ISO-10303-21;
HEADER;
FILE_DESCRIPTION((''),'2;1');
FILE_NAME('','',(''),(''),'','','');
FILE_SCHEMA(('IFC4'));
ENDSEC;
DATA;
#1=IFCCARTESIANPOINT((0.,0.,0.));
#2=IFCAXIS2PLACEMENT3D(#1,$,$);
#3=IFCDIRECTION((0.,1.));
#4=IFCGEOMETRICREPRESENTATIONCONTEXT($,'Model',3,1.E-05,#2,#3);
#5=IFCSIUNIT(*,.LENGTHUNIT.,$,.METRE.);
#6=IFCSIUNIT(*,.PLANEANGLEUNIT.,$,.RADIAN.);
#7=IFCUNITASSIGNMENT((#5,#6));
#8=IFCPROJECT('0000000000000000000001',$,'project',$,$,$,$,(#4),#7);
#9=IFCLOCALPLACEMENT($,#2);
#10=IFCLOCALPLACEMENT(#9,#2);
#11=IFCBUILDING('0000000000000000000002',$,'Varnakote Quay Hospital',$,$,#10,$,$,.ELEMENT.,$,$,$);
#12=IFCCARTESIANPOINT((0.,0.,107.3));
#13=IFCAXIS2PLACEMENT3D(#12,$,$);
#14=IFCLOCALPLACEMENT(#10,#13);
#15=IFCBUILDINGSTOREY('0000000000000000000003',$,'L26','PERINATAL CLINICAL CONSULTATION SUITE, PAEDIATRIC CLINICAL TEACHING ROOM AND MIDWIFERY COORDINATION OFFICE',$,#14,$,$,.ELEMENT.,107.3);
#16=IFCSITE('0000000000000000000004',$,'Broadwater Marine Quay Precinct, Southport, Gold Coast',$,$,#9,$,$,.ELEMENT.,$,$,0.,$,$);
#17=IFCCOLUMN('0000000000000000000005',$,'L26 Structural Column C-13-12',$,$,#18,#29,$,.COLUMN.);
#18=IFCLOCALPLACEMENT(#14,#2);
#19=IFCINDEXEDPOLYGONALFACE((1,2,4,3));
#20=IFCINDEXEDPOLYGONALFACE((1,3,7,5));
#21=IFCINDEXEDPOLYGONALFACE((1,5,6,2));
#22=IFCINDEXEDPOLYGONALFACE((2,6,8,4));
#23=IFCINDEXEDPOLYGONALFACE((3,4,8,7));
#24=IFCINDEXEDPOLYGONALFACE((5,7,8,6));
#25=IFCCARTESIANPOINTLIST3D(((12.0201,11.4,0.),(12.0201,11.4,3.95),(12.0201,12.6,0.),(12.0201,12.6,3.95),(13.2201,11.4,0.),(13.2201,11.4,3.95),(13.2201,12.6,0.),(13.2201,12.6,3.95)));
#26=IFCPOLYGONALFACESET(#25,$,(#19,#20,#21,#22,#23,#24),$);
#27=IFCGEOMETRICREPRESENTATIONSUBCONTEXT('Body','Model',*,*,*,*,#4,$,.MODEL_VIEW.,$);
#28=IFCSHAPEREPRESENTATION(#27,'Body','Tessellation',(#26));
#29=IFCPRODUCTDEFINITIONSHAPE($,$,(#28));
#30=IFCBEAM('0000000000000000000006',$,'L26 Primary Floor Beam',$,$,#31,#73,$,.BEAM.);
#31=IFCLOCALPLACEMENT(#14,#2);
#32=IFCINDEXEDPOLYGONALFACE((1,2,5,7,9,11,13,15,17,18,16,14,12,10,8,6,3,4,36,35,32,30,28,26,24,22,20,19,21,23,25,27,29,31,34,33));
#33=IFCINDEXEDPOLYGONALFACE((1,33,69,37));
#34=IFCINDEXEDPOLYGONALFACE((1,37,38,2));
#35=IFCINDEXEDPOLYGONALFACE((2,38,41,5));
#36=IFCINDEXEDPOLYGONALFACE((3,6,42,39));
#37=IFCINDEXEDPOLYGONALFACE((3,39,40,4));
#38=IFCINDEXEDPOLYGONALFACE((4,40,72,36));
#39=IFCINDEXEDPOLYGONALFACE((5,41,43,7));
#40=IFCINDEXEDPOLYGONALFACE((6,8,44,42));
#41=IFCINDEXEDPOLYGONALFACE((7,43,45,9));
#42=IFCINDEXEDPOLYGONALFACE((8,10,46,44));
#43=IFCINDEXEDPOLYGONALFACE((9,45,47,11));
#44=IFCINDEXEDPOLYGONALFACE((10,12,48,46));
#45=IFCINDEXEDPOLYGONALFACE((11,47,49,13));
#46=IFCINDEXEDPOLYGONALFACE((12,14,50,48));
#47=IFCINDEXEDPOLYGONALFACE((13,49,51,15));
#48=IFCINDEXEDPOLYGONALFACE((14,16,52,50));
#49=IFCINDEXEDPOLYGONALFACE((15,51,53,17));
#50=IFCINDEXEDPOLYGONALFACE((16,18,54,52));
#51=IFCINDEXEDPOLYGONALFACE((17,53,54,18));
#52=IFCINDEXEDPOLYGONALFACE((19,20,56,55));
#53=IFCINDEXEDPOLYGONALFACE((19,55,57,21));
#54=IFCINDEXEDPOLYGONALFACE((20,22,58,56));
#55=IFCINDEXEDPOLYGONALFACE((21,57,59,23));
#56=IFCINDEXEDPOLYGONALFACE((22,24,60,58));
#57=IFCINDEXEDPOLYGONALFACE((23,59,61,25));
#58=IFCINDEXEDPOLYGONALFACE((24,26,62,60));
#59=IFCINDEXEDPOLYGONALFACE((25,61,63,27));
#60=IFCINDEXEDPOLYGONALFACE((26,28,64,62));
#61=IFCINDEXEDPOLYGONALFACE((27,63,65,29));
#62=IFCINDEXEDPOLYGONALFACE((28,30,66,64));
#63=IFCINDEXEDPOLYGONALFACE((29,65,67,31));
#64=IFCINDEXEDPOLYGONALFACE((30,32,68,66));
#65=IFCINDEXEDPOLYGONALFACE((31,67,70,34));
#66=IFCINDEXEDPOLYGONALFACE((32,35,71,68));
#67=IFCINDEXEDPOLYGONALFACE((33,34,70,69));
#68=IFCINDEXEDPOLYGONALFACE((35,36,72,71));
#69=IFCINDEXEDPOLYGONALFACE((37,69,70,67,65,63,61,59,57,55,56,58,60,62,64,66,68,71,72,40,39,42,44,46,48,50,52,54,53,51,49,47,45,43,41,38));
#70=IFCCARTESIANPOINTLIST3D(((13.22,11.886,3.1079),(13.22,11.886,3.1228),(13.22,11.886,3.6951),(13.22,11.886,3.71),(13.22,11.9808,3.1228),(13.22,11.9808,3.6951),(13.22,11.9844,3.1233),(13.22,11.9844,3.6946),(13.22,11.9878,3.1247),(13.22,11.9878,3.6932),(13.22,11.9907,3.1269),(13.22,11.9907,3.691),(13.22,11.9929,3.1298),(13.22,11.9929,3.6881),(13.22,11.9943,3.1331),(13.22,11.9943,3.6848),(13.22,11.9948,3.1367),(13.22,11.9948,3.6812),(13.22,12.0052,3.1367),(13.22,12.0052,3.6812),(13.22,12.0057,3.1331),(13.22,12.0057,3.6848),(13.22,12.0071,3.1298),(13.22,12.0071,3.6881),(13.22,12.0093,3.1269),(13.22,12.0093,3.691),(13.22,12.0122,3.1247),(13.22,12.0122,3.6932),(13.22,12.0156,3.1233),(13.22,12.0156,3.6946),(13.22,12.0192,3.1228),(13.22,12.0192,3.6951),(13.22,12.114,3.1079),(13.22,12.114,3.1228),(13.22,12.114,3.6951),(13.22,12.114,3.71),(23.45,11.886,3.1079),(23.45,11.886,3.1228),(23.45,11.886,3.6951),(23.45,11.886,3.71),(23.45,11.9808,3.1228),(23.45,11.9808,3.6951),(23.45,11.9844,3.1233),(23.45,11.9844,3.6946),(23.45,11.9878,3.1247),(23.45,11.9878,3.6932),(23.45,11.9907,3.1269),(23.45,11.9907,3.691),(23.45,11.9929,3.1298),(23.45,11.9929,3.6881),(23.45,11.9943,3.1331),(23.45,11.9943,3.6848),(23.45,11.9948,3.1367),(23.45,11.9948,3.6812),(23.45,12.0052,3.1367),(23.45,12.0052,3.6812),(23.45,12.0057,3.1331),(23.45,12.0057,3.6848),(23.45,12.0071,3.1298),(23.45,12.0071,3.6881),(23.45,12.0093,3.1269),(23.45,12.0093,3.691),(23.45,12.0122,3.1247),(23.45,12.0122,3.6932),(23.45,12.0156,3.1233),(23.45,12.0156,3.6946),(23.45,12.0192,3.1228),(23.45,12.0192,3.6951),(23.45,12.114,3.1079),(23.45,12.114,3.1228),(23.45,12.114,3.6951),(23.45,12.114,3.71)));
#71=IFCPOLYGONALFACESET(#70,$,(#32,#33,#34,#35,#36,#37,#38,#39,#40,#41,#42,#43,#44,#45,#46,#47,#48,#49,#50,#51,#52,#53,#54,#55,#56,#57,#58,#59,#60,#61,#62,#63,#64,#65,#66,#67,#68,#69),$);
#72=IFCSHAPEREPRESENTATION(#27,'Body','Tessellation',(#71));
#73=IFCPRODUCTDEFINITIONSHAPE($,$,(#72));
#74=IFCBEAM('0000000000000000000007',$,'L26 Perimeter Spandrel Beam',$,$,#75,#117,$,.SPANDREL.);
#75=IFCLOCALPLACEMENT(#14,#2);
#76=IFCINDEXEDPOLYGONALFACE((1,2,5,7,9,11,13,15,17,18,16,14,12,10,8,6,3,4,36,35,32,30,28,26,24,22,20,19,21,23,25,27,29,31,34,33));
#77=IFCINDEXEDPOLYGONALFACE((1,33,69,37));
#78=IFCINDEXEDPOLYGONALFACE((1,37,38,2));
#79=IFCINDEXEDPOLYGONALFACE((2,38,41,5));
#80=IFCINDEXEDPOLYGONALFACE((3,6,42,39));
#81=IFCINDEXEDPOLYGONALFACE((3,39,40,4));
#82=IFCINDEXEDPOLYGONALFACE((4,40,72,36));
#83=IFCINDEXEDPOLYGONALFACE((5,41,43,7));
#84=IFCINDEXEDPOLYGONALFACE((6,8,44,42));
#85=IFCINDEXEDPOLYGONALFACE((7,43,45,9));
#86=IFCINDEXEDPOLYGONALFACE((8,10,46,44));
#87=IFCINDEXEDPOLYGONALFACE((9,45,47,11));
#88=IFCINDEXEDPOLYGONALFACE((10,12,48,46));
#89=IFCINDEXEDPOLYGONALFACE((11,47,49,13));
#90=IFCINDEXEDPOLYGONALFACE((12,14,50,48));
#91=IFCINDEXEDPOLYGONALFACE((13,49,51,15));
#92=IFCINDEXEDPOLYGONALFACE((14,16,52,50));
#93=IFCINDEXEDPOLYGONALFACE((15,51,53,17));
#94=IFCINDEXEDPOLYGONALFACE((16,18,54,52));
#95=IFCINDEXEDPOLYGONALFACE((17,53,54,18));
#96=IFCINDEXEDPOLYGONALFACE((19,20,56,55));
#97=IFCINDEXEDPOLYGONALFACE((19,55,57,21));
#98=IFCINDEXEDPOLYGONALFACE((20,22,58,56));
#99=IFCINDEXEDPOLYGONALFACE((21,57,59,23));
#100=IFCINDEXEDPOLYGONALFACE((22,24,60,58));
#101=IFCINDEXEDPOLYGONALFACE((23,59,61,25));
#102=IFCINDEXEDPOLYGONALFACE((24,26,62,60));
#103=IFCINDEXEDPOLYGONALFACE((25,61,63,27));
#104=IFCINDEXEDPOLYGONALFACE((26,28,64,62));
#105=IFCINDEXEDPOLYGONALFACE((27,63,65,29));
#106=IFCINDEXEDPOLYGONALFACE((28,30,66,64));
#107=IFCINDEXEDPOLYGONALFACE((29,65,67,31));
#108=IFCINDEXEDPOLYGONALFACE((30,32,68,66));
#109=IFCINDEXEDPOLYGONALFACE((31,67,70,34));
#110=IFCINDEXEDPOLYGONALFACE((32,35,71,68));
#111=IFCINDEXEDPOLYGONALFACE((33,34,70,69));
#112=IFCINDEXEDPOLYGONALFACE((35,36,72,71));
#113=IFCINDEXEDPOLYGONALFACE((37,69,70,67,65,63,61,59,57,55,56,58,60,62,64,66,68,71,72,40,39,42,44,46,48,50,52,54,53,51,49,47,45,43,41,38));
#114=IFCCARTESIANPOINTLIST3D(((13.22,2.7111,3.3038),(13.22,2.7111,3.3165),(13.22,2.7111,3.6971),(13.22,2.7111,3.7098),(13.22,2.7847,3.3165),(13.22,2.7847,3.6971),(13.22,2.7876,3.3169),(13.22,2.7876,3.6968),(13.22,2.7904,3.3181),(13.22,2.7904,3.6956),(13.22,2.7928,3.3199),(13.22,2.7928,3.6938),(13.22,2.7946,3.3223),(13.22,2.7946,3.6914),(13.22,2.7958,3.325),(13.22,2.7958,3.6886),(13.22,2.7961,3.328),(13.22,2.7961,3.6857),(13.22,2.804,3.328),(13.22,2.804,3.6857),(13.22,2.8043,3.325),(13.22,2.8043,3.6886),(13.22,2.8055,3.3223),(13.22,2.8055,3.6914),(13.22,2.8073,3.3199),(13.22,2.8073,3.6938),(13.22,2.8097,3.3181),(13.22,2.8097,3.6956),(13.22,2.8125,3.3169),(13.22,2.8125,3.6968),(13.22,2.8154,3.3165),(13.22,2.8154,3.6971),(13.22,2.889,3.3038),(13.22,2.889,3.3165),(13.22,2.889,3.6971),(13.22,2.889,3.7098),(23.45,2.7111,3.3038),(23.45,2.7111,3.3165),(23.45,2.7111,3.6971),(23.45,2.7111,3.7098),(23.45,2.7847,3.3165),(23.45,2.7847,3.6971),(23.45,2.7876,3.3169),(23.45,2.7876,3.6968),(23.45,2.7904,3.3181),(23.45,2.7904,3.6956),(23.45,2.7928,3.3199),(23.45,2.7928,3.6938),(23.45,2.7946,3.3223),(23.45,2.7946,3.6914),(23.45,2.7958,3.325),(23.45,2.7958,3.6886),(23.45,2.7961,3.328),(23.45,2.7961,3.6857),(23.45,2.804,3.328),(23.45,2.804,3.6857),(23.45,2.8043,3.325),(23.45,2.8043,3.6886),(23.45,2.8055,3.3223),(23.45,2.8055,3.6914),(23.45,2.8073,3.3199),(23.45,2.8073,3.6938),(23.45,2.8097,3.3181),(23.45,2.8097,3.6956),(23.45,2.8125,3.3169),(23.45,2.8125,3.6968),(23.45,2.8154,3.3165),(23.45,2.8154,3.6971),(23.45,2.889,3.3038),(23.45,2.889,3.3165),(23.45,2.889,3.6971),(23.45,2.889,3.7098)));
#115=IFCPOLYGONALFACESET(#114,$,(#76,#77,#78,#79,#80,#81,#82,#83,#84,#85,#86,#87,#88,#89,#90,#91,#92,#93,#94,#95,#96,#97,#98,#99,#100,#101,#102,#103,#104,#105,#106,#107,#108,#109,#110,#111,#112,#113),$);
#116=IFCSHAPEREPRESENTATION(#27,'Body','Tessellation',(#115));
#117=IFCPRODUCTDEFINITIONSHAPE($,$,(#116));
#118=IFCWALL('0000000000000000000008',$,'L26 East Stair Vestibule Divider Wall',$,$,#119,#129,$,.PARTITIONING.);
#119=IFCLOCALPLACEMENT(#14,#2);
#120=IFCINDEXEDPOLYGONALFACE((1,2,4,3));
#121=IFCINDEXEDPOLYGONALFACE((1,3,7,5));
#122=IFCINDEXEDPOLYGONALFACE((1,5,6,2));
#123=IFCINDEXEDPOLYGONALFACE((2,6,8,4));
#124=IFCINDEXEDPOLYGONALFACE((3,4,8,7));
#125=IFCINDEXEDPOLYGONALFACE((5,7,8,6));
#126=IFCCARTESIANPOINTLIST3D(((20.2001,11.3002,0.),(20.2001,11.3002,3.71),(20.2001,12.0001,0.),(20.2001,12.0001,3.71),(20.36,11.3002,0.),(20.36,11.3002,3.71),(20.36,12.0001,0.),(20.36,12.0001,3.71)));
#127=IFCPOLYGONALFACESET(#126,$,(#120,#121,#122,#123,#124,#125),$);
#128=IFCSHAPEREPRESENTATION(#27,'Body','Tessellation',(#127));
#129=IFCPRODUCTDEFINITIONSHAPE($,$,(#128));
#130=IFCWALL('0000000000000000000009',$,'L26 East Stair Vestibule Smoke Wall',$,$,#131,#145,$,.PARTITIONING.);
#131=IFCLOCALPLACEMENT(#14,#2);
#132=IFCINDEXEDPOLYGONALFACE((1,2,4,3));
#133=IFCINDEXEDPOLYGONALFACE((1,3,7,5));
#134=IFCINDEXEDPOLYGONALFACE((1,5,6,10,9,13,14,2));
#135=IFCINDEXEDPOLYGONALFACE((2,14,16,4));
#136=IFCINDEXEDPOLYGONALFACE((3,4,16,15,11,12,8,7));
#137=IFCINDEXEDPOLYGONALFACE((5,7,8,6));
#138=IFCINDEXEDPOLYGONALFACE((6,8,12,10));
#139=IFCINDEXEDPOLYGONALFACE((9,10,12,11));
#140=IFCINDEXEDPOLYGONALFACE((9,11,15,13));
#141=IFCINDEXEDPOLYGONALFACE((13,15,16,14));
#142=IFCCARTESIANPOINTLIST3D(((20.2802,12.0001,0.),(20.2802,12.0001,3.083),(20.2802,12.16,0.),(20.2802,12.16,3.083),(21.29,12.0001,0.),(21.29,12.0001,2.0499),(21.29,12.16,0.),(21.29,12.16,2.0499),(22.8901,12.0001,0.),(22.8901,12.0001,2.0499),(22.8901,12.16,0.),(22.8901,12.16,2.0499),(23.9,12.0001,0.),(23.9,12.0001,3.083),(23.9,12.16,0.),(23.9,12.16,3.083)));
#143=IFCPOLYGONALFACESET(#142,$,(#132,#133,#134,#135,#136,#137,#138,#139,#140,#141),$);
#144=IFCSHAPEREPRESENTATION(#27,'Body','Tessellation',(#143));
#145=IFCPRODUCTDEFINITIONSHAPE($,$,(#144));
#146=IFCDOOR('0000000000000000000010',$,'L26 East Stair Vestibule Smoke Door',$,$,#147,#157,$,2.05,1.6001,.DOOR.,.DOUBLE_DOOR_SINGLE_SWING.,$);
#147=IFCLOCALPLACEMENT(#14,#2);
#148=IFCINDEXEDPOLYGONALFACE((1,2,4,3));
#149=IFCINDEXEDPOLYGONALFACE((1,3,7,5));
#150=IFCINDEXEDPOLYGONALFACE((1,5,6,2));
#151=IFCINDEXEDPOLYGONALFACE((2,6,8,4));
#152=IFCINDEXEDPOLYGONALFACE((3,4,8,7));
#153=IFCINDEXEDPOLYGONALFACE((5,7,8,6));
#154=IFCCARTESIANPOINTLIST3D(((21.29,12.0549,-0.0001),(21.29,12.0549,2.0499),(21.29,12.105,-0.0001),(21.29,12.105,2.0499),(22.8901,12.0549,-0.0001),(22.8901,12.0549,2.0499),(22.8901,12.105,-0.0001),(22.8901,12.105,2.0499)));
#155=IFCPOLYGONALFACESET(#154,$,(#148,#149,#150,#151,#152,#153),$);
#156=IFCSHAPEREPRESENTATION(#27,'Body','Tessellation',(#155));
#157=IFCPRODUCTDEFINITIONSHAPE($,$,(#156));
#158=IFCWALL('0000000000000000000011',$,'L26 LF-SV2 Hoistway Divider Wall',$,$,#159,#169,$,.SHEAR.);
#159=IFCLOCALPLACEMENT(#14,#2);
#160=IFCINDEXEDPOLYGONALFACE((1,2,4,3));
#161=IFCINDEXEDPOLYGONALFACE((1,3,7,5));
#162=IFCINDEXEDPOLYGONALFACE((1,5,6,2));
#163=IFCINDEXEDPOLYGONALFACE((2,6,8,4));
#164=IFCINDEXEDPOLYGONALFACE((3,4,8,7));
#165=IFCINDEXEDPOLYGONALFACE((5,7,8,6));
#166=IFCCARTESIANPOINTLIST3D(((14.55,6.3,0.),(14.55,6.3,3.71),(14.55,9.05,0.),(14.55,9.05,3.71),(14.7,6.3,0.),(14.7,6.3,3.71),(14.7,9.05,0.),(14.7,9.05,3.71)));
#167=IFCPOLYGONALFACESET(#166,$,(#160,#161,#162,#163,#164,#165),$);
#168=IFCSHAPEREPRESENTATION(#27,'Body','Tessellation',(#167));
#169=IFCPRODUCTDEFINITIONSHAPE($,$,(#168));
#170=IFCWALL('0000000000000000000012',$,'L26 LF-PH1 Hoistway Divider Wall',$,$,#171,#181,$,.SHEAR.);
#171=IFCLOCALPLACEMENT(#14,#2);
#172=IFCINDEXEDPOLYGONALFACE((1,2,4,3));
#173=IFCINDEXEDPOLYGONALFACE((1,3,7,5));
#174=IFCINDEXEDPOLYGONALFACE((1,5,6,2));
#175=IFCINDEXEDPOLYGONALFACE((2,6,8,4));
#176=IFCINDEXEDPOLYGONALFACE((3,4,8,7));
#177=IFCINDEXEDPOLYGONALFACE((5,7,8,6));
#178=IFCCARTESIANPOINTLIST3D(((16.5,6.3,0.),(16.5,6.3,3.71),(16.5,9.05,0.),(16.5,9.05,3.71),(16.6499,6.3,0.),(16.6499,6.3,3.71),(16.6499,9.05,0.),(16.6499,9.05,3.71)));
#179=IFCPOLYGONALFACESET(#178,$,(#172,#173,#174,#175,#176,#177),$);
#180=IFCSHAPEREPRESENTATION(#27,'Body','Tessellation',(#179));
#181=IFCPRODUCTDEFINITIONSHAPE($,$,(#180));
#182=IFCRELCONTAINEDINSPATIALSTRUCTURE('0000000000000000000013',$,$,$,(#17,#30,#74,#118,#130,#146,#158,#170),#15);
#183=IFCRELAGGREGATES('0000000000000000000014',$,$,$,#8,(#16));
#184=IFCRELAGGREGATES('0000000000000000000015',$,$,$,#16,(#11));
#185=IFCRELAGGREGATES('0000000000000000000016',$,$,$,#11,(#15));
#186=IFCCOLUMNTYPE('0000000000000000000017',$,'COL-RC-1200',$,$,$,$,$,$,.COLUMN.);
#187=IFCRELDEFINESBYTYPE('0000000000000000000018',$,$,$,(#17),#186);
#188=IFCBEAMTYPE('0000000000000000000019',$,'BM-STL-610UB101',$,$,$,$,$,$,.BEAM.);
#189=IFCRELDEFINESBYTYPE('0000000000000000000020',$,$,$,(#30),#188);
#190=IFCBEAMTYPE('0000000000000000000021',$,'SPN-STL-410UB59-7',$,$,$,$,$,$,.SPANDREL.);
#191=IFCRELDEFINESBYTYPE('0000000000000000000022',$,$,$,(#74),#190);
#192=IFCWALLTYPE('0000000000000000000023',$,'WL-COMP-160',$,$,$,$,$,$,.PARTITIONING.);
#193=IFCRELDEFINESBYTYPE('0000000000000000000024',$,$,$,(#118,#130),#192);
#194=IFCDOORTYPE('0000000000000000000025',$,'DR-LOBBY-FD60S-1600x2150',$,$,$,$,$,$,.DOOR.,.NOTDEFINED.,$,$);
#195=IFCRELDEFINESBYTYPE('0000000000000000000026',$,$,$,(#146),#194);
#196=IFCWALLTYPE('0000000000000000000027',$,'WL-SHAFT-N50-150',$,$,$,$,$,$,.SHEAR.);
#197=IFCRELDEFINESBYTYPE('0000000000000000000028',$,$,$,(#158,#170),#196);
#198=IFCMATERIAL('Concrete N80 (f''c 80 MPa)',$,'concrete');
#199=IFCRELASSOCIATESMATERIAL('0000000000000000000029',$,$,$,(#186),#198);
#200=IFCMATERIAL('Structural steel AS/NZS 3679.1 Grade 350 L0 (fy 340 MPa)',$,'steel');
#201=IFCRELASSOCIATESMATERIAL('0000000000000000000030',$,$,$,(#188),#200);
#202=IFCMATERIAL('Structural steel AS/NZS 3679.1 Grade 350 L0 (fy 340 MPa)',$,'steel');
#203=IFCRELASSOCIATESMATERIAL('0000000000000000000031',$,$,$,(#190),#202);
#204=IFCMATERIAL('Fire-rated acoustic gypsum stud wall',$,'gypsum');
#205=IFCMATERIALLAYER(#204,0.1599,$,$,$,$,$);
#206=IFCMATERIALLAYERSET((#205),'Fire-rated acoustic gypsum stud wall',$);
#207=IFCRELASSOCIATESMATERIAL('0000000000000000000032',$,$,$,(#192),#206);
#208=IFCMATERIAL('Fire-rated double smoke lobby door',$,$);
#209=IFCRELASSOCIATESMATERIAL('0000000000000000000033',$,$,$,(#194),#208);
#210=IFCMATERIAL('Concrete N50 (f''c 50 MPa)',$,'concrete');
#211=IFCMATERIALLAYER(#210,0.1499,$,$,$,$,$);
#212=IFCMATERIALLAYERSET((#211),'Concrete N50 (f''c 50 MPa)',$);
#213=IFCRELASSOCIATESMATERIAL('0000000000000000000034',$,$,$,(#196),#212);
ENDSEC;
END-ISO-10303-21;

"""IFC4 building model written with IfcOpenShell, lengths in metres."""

from ifc_helpers import new_model, si_unit, direction, frame, frame_2d, origin, origin_2d, place, context, subcontext, project, spatial, rectangle, i_section, extrude, material, layer, layer_set, material_profile, profile_set, type_object, element, fill, save


model = new_model("IFC4")

# Units and contexts
model_context = context("Model", 3, precision=1e-05, world=origin(), true_north=direction((0.0, 1.0)))
body_context = subcontext(model_context, "Body", "Model", "MODEL_VIEW")
ifc_project = project(units=[si_unit("LENGTHUNIT", "METRE"), si_unit("PLANEANGLEUNIT", "RADIAN")], contexts=[model_context])

# Site, building, storey
site_placement = place(None, origin())
site = spatial("IfcSite", under=ifc_project, at=site_placement, Name="Broadwater Marine Quay Precinct, Southport, Gold Coast", CompositionType="ELEMENT", RefElevation=0.0)
building_placement = place(site_placement, origin())
building = spatial("IfcBuilding", under=site, at=building_placement, Name="Varnakote Quay Hospital", CompositionType="ELEMENT")
storey_placement = place(building_placement, frame((0.0, 0.0, 107.3)))
storey = spatial("IfcBuildingStorey", under=building, at=storey_placement, Name="L26", Description="PERINATAL CLINICAL CONSULTATION SUITE, PAEDIATRIC CLINICAL TEACHING ROOM AND MIDWIFERY COORDINATION OFFICE", CompositionType="ELEMENT", Elevation=107.3)

# Column
ifc_material_1 = material(Name="Concrete N80 (f'c 80 MPa)", Category="concrete")
ifc_material_profile_1 = material_profile(ifc_material_1, rectangle(XDim=1.2, YDim=1.2, at=origin_2d()), Name="RC-COL-1200x1200")
ifc_profile_set_1 = profile_set([ifc_material_profile_1], Name="Concrete N80 (f'c 80 MPa)")
column_type = type_object("IfcColumnType", Name="COL-RC-1200", PredefinedType="COLUMN", material=ifc_profile_set_1)
column_placement = place(storey_placement, frame((12.6201, 12.0, 0.0), z_axis=(0.0, 0.0, 1.0), x_axis=(1.0, 0.0, 0.0)))
element("IfcColumn", 1, at=column_placement, inside=storey, type_object=column_type, Name="L26 Structural Column C-13-12", PredefinedType="COLUMN", context=body_context, shape_type="SweptSolid", body=[
    extrude(rectangle(XDim=1.2, YDim=1.2, at=origin_2d()), origin(), (0.0, 0.0, 1.0), 3.95),
])

# Beams
ifc_material_2 = material(Name="Structural steel AS/NZS 3679.1 Grade 350 L0 (fy 340 MPa)", Category="steel")
ifc_material_profile_2 = material_profile(ifc_material_2, i_section(OverallWidth=0.228, OverallDepth=0.6021, WebThickness=0.0105, FlangeThickness=0.0149, FilletRadius=0.0139, at=origin_2d()), Name="610UB101")
ifc_profile_set_2 = profile_set([ifc_material_profile_2], Name="Structural steel AS/NZS 3679.1 Grade 350 L0 (fy 340 MPa)")
beam_type_1 = type_object("IfcBeamType", Name="BM-STL-610UB101", PredefinedType="BEAM", material=ifc_profile_set_2)
beam_1_placement = place(storey_placement, frame((13.22, 12.0, 3.4089), z_axis=(1.0, 0.0, 0.0), x_axis=(0.0, 1.0, 0.0)))
element("IfcBeam", 2, at=beam_1_placement, inside=storey, type_object=beam_type_1, Name="L26 Primary Floor Beam", PredefinedType="BEAM", context=body_context, shape_type="SweptSolid", body=[
    extrude(i_section(OverallWidth=0.228, OverallDepth=0.6021, WebThickness=0.0105, FlangeThickness=0.0149, FilletRadius=0.0139, at=origin_2d()), origin(), (0.0, 0.0, 1.0), 10.23),
])
ifc_material_3 = material(Name="Structural steel AS/NZS 3679.1 Grade 350 L0 (fy 340 MPa)", Category="steel")
ifc_material_profile_3 = material_profile(ifc_material_3, i_section(OverallWidth=0.178, OverallDepth=0.406, WebThickness=0.0078, FlangeThickness=0.0127, FilletRadius=0.0115, at=origin_2d()), Name="410UB59.7")
ifc_profile_set_3 = profile_set([ifc_material_profile_3], Name="Structural steel AS/NZS 3679.1 Grade 350 L0 (fy 340 MPa)")
beam_type_2 = type_object("IfcBeamType", Name="SPN-STL-410UB59-7", PredefinedType="SPANDREL", material=ifc_profile_set_3)
beam_2_placement = place(storey_placement, frame((13.22, 2.8, 3.5068), z_axis=(1.0, 0.0, 0.0), x_axis=(0.0, 1.0, 0.0)))
element("IfcBeam", 3, at=beam_2_placement, inside=storey, type_object=beam_type_2, Name="L26 Perimeter Spandrel Beam", PredefinedType="SPANDREL", context=body_context, shape_type="SweptSolid", body=[
    extrude(i_section(OverallWidth=0.178, OverallDepth=0.406, WebThickness=0.0078, FlangeThickness=0.0127, FilletRadius=0.0115, at=origin_2d()), origin(), (0.0, 0.0, 1.0), 10.23),
])

# Wall
ifc_material_4 = material(Name="Fire-rated acoustic gypsum stud wall", Category="gypsum")
ifc_layer_1 = layer(ifc_material_4, 0.1599)
ifc_layer_set_1 = layer_set([ifc_layer_1], Name="Fire-rated acoustic gypsum stud wall")
wall_type_1 = type_object("IfcWallType", Name="WL-COMP-160", PredefinedType="PARTITIONING", material=ifc_layer_set_1)
wall_1_placement = place(storey_placement, frame((20.28, 11.3, 0.0), z_axis=(0.0, 0.0, 1.0), x_axis=(0.0, 1.0, 0.0)))
element("IfcWall", 4, at=wall_1_placement, inside=storey, type_object=wall_type_1, Name="L26 East Stair Vestibule Divider Wall", PredefinedType="PARTITIONING", context=body_context, shape_type="SweptSolid", body=[
    extrude(rectangle(XDim=0.7, YDim=0.1599, at=frame_2d((0.3501, 0.0))), origin(), (0.0, 0.0, 1.0), 3.71),
])

# Wall, opening, door
wall_2_placement = place(storey_placement, frame((20.28, 12.0801, 0.0), z_axis=(0.0, 0.0, 1.0), x_axis=(1.0, 0.0, 0.0)))
wall_2 = element("IfcWall", 5, at=wall_2_placement, inside=storey, type_object=wall_type_1, Name="L26 East Stair Vestibule Smoke Wall", PredefinedType="PARTITIONING", context=body_context, shape_type="SweptSolid", body=[
    extrude(rectangle(XDim=3.6199, YDim=0.1599, at=frame_2d((1.8101, 0.0))), origin(), (0.0, 0.0, 1.0), 3.083),
])
opening_1_placement = place(wall_2_placement, frame((1.01, 0.0, 0.0)))
opening_1 = element("IfcOpeningElement", 6, at=opening_1_placement, cuts=wall_2, PredefinedType="OPENING", context=body_context, shape_type="SweptSolid", body=[
    extrude(rectangle(XDim=1.6001, YDim=2.05, at=frame_2d((0.8, 1.0249))), frame((0.0, 0.0898, 0.0), z_axis=(0.0, -1.0, 0.0), x_axis=(1.0, 0.0, 0.0)), (0.0, 0.0, 1.0), 0.1799),
])
ifc_material_5 = material(Name="Fire-rated double smoke lobby door")
door_type_1 = type_object("IfcDoorType", Name="DR-LOBBY-FD60S-1600x2150", OperationType="NOTDEFINED", PredefinedType="DOOR", material=ifc_material_5)
door_1_placement = place(opening_1_placement, origin())
door_1 = element("IfcDoor", 7, at=door_1_placement, inside=storey, type_object=door_type_1, Name="L26 East Stair Vestibule Smoke Door", OperationType="DOUBLE_DOOR_SINGLE_SWING", OverallHeight=2.05, OverallWidth=1.6001, PredefinedType="DOOR", context=body_context, shape_type="SweptSolid", body=[
    extrude(rectangle(XDim=1.6001, YDim=2.05, at=frame_2d((0.8, 1.0249))), frame((0.0, 0.0249, 0.0), z_axis=(0.0, -1.0, 0.0), x_axis=(1.0, 0.0, 0.0)), (0.0, 0.0, 1.0), 0.05),
])
fill(opening_1, door_1)

# Walls
ifc_material_6 = material(Name="Concrete N50 (f'c 50 MPa)", Category="concrete")
ifc_layer_2 = layer(ifc_material_6, 0.1499)
ifc_layer_set_2 = layer_set([ifc_layer_2], Name="Concrete N50 (f'c 50 MPa)")
wall_type_2 = type_object("IfcWallType", Name="WL-SHAFT-N50-150", PredefinedType="SHEAR", material=ifc_layer_set_2)
for number, where, z_axis, x_axis, name in (
    (8, (14.625, 6.3, 0.0), (0.0, 0.0, 1.0), (0.0, 1.0, 0.0), "L26 LF-SV2 Hoistway Divider Wall"),
    (9, (16.575, 6.3, 0.0), (0.0, 0.0, 1.0), (0.0, 1.0, 0.0), "L26 LF-PH1 Hoistway Divider Wall"),
):
    element("IfcWall", number, at=place(storey_placement, frame(where, z_axis=z_axis, x_axis=x_axis)), inside=storey, type_object=wall_type_2, Name=name, PredefinedType="SHEAR", context=body_context, shape_type="SweptSolid", body=[
        extrude(rectangle(XDim=2.75, YDim=0.1499, at=frame_2d((1.375, 0.0))), origin(), (0.0, 0.0, 1.0), 3.71),
    ])

save(model, "model.ifc")
